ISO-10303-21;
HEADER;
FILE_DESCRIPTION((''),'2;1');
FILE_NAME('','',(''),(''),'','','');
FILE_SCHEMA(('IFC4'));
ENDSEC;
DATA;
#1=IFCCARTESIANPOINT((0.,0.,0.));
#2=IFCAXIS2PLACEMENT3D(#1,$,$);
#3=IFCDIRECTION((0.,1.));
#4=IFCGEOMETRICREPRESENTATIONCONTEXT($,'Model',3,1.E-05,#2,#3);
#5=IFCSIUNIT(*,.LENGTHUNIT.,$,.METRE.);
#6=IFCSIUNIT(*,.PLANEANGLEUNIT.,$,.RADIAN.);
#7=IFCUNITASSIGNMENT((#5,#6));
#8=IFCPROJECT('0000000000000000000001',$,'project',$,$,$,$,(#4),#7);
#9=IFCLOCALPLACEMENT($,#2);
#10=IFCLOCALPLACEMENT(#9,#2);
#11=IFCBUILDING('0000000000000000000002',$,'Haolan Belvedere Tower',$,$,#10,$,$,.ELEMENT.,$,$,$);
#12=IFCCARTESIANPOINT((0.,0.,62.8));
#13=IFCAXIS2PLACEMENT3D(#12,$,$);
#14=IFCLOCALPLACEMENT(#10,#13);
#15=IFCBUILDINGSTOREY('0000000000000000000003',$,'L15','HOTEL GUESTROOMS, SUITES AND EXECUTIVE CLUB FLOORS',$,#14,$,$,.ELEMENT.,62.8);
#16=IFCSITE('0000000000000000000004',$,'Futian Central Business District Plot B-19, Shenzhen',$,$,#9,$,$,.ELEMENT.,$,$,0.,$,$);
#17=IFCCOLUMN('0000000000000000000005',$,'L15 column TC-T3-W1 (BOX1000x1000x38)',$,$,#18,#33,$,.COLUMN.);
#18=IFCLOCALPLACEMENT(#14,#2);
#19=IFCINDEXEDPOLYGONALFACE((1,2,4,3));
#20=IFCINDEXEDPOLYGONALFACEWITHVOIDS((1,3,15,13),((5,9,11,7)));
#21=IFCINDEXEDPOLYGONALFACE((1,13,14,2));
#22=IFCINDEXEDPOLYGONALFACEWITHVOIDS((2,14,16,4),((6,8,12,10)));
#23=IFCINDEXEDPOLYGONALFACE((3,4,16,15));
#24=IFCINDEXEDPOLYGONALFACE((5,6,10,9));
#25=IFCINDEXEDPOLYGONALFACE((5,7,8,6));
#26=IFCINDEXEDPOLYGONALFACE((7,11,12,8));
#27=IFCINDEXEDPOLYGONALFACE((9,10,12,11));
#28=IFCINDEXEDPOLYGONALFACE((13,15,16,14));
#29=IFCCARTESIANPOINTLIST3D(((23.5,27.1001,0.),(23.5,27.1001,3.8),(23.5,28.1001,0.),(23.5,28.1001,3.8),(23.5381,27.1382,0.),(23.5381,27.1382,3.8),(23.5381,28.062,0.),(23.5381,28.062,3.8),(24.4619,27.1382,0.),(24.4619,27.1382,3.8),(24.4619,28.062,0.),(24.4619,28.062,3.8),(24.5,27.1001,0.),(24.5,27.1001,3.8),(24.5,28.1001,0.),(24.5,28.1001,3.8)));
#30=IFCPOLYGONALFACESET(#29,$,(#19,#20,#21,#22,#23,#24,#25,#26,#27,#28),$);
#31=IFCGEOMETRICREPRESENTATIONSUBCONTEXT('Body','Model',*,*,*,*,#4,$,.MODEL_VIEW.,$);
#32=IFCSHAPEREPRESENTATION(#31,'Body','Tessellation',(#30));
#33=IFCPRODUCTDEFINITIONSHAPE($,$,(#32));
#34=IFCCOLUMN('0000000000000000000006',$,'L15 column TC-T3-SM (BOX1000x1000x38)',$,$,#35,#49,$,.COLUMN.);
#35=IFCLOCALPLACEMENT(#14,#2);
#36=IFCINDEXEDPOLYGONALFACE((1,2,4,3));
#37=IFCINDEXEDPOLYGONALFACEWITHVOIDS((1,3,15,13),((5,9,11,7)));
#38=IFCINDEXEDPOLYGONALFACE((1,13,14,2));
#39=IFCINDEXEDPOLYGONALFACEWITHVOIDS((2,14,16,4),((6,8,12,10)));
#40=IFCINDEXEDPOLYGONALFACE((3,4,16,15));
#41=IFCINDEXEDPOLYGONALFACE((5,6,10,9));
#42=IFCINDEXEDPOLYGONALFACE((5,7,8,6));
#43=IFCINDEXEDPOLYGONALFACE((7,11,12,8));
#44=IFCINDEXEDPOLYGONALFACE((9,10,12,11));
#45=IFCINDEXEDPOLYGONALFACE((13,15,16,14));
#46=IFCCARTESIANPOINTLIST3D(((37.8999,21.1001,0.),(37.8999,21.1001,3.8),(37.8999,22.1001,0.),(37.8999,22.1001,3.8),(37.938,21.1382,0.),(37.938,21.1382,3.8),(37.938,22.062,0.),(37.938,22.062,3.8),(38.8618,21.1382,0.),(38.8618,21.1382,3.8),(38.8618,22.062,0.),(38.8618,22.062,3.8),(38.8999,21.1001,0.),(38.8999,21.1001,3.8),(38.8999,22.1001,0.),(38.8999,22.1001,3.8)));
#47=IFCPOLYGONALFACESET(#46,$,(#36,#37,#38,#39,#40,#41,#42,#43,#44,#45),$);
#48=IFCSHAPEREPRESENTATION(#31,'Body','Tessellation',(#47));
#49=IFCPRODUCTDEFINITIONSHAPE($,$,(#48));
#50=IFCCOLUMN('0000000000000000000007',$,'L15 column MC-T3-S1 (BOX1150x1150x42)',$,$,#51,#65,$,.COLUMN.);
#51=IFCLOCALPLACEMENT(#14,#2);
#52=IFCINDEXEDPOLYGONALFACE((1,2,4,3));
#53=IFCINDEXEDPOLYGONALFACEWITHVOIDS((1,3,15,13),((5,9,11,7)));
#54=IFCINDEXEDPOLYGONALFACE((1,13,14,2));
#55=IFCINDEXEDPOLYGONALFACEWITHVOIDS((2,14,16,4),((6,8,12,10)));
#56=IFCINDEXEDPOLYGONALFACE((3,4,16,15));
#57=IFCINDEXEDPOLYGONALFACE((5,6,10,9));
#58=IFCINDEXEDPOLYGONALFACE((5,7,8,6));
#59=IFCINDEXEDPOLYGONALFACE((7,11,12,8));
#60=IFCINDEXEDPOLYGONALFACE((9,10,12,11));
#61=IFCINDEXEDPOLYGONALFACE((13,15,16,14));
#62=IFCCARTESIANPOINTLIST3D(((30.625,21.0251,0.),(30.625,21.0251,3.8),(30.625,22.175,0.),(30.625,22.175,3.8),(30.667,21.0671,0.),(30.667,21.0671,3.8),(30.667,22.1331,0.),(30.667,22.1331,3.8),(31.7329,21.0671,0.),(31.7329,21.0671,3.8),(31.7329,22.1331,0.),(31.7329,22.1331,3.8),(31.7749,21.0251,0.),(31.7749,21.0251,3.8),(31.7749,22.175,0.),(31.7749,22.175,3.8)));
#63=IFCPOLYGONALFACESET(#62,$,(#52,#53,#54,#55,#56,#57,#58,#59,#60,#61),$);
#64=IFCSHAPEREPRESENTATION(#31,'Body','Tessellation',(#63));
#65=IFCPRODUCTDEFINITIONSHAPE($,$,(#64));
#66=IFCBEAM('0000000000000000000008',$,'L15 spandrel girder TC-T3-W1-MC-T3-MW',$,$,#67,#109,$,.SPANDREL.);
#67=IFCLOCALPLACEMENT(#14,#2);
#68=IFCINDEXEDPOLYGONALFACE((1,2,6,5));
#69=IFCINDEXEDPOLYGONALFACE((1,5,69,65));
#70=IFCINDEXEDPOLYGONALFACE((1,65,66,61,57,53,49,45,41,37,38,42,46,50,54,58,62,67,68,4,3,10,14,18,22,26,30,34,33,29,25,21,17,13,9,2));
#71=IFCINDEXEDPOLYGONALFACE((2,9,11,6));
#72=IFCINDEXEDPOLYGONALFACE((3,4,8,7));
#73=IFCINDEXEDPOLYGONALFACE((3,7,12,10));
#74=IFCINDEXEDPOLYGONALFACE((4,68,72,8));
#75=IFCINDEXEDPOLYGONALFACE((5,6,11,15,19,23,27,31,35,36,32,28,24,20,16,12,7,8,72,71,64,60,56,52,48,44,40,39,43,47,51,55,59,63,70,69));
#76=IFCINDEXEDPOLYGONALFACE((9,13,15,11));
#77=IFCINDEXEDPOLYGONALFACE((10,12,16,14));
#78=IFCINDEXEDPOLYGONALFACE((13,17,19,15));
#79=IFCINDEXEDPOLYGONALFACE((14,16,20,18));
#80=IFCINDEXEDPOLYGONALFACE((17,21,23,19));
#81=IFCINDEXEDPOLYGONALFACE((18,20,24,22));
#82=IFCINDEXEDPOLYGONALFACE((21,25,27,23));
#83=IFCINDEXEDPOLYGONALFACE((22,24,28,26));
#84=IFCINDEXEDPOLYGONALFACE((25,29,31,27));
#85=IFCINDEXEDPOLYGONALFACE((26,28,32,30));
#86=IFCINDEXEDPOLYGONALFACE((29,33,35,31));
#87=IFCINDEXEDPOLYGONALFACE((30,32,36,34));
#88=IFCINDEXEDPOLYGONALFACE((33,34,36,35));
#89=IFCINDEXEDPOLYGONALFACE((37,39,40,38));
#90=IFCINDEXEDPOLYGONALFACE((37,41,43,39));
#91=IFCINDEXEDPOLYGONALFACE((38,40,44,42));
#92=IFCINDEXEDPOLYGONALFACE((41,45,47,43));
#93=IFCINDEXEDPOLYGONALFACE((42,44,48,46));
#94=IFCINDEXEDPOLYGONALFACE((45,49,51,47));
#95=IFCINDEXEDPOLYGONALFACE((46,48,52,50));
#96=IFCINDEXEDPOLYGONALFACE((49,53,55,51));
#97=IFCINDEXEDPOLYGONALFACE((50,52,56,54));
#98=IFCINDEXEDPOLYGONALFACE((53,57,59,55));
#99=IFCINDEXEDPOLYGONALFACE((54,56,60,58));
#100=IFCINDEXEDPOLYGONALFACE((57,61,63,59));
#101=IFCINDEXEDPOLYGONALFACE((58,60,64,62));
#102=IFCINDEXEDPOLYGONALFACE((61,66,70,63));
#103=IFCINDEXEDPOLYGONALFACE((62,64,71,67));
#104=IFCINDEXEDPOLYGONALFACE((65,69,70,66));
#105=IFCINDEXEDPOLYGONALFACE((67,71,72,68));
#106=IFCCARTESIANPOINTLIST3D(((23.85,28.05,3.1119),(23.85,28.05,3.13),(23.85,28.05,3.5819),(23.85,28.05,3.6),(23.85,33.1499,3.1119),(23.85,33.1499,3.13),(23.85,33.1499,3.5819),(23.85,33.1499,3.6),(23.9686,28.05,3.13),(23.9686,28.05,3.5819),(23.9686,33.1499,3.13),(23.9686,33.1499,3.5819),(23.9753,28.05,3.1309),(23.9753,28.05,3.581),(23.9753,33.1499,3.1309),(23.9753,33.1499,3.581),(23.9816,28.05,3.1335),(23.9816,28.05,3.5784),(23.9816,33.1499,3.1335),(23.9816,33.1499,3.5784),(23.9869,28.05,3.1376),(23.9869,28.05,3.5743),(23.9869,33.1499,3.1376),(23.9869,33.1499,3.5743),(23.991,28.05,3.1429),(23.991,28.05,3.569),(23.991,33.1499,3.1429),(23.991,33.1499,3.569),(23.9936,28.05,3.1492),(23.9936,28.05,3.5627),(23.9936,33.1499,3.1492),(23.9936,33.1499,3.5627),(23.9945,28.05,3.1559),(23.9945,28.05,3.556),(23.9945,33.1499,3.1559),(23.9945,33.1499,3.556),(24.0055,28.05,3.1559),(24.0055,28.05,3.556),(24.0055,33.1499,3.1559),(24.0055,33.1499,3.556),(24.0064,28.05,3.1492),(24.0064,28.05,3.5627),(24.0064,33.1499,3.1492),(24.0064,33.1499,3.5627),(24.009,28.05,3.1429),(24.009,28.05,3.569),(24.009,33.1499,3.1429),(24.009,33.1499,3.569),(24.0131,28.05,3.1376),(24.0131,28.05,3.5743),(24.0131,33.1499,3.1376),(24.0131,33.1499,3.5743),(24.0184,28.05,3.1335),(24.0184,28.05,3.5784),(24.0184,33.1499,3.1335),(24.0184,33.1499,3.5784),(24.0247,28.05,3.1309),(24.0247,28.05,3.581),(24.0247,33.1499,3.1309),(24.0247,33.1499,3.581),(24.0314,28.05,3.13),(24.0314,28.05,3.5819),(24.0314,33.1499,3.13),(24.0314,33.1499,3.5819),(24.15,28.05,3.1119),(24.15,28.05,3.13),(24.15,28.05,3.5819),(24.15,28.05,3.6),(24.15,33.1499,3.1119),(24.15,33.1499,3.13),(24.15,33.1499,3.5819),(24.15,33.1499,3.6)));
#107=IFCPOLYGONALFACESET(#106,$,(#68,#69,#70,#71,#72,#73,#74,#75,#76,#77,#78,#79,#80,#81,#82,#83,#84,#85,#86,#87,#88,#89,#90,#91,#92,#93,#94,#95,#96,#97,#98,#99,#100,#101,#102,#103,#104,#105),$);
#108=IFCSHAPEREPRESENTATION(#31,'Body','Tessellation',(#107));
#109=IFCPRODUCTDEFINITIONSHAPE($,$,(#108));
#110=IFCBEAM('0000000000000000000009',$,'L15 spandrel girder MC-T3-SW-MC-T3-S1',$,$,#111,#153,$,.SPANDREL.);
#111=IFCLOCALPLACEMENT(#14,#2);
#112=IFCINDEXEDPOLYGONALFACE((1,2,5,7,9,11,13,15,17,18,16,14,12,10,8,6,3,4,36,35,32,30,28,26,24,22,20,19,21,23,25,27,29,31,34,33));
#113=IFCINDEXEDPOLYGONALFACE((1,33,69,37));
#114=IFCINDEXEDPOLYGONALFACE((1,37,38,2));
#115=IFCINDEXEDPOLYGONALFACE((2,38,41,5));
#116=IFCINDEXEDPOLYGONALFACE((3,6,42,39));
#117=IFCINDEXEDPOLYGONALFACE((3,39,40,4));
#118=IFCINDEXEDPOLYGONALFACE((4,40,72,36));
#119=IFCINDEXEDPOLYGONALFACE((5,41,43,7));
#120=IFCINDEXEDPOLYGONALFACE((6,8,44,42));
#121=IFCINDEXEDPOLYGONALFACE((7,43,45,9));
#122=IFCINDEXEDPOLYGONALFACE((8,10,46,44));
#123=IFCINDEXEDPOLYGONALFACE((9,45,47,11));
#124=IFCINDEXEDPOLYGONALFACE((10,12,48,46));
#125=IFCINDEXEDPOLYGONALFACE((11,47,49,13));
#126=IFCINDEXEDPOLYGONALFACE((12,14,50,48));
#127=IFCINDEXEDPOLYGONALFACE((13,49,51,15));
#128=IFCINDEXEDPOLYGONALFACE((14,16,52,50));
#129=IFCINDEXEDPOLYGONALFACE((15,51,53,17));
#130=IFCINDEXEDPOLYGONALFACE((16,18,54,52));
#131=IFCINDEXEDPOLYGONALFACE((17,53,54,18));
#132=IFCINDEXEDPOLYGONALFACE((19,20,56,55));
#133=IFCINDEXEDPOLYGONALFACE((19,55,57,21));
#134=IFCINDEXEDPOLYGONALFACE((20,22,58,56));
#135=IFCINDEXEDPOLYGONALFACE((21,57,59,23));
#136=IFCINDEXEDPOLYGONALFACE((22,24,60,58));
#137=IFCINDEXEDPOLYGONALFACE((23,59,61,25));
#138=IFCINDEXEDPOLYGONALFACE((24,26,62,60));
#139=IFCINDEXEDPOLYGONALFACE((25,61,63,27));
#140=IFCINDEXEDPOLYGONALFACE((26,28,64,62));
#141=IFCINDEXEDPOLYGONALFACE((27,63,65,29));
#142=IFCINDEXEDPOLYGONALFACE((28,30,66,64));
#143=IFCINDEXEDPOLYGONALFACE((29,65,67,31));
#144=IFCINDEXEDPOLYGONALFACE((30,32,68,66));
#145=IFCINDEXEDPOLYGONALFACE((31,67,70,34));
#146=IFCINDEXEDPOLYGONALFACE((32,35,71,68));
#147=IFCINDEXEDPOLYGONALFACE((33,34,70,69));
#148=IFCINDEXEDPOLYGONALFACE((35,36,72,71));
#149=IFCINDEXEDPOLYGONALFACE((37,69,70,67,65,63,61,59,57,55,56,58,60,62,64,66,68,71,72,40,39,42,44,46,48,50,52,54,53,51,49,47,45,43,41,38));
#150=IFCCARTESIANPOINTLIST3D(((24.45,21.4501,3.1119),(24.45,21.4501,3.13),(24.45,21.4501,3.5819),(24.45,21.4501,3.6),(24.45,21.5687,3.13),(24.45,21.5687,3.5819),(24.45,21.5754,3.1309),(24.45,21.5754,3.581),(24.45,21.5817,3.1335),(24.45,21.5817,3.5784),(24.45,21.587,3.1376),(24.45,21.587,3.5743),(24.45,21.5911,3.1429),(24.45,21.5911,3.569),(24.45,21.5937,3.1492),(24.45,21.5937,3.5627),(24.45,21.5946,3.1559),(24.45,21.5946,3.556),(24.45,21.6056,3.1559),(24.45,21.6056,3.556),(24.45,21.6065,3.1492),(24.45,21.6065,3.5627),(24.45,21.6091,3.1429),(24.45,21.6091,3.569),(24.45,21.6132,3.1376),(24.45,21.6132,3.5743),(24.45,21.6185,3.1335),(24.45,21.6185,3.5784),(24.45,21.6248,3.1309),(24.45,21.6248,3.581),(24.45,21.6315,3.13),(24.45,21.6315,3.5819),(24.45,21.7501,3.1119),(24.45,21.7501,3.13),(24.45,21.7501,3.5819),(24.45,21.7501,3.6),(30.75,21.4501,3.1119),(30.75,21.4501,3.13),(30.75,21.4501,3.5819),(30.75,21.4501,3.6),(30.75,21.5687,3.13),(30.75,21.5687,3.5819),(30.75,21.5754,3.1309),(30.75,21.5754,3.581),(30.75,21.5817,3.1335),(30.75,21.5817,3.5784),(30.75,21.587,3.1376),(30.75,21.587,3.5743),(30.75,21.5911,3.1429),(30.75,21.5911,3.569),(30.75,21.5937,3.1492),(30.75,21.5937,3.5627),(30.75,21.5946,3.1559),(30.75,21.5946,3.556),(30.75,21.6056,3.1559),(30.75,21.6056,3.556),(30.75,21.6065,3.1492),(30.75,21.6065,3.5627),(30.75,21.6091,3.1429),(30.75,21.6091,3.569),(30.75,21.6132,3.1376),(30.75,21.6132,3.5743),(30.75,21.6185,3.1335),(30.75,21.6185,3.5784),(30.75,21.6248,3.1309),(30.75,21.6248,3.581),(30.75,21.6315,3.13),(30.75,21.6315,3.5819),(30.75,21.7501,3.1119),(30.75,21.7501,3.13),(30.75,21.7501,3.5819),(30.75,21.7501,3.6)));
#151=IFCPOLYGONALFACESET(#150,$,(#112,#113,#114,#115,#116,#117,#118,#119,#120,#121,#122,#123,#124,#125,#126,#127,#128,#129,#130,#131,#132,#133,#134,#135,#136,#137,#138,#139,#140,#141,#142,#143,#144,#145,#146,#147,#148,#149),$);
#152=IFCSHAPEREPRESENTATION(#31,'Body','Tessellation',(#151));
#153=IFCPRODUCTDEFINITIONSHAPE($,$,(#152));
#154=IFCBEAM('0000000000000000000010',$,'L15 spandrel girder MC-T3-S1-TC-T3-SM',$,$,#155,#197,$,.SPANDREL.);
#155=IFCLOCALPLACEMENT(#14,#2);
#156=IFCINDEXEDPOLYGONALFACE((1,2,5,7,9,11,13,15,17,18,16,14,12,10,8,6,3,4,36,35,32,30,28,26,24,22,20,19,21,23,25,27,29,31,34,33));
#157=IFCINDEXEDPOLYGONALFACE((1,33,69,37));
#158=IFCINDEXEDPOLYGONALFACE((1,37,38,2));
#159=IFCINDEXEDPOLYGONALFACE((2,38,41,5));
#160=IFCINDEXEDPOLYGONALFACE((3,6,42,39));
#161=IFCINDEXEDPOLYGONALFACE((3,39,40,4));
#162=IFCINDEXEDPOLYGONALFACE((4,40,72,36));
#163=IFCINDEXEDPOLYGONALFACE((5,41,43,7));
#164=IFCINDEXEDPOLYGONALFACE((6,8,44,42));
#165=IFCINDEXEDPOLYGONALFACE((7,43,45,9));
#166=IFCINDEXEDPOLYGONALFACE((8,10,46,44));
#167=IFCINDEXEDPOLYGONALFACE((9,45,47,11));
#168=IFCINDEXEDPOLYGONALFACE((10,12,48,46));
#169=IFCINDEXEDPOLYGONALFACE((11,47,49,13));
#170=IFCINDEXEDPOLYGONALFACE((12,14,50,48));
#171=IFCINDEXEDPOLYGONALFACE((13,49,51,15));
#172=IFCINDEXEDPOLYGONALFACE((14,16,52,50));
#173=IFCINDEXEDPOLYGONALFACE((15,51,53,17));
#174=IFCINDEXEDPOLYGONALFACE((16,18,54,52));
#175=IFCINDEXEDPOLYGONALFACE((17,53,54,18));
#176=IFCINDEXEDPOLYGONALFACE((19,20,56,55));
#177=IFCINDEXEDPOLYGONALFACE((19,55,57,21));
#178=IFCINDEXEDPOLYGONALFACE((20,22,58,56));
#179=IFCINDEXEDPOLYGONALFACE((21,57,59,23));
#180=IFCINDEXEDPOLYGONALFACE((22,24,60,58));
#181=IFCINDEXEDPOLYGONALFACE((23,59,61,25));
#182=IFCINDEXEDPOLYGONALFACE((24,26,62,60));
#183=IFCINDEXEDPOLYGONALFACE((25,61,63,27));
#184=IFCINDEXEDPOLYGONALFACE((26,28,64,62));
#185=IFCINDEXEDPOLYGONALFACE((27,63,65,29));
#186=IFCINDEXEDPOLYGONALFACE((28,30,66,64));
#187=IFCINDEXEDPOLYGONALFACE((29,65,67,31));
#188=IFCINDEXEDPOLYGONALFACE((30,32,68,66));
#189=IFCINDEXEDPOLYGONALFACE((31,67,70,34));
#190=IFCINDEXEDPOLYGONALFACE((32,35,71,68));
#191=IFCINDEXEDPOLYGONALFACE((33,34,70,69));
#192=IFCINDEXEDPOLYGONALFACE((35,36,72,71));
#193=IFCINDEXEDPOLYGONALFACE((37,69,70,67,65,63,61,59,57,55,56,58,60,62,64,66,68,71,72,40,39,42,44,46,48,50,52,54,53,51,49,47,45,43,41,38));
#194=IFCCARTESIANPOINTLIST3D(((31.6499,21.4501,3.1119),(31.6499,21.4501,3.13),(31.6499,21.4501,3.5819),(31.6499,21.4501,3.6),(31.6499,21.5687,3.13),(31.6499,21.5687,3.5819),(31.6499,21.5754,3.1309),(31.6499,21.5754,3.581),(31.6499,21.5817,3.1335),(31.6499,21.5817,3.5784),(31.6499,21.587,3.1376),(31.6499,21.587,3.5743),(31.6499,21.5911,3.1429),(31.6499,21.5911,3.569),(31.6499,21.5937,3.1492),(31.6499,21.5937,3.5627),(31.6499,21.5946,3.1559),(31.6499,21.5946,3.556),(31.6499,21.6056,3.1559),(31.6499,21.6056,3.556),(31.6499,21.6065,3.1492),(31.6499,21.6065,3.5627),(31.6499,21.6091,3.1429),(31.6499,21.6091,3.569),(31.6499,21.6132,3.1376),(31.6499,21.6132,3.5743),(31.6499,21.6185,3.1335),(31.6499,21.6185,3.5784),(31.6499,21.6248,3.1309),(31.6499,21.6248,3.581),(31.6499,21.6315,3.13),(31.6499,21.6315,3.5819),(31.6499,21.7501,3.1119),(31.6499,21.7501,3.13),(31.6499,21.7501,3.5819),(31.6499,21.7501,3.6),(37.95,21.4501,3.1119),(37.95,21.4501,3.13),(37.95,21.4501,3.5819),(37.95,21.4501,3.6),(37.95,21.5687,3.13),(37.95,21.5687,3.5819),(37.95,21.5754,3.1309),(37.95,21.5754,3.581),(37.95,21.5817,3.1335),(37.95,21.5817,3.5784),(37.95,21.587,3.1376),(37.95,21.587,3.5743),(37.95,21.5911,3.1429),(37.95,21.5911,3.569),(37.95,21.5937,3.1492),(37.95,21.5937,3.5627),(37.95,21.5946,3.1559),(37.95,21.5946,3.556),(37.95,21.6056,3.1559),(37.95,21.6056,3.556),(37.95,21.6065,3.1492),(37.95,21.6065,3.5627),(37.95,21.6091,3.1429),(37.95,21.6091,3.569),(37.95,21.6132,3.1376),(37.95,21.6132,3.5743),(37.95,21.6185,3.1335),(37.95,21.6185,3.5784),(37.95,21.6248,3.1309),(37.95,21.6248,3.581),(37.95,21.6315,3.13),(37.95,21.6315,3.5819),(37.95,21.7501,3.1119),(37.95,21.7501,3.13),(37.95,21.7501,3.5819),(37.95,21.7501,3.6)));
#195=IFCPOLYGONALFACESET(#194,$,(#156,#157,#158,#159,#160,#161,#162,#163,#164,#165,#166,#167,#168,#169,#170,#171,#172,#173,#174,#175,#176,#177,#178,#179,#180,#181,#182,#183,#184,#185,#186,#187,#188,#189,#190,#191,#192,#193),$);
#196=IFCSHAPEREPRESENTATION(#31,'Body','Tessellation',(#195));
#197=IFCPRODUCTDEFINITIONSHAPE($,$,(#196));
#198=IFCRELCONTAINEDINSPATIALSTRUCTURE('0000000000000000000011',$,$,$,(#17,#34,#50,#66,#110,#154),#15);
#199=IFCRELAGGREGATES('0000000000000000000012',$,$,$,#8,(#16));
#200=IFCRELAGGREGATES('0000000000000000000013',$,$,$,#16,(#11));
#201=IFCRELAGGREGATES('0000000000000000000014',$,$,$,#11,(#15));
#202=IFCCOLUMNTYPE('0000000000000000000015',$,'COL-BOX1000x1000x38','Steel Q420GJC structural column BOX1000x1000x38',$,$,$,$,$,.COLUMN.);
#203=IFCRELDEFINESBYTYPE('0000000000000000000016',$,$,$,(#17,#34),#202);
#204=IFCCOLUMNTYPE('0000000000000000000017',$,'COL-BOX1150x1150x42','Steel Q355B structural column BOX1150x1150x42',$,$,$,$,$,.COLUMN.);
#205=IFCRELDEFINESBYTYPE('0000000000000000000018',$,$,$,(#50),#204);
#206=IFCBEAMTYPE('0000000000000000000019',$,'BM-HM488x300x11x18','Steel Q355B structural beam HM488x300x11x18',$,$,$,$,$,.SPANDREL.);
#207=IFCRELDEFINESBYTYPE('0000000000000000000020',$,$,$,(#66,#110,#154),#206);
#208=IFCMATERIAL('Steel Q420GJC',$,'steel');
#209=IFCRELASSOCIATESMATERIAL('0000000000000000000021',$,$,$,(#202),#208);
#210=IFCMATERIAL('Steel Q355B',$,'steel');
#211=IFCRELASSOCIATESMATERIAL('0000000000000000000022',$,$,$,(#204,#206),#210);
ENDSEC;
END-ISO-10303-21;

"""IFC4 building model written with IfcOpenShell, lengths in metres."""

from ifc_helpers import new_model, si_unit, direction, frame, origin, origin_2d, place, context, subcontext, project, spatial, hollow_rectangle, i_section, extrude, material, material_profile, profile_set, type_object, element, save


model = new_model("IFC4")

# Units and contexts
model_context = context("Model", 3, precision=1e-05, world=origin(), true_north=direction((0.0, 1.0)))
body_context = subcontext(model_context, "Body", "Model", "MODEL_VIEW")
ifc_project = project(units=[si_unit("LENGTHUNIT", "METRE"), si_unit("PLANEANGLEUNIT", "RADIAN")], contexts=[model_context])

# Site, building, storey
site_placement = place(None, origin())
site = spatial("IfcSite", under=ifc_project, at=site_placement, Name="Futian Central Business District Plot B-19, Shenzhen", CompositionType="ELEMENT", RefElevation=0.0)
building_placement = place(site_placement, origin())
building = spatial("IfcBuilding", under=site, at=building_placement, Name="Haolan Belvedere Tower", CompositionType="ELEMENT")
storey_placement = place(building_placement, frame((0.0, 0.0, 62.8)))
storey = spatial("IfcBuildingStorey", under=building, at=storey_placement, Name="L15", Description="HOTEL GUESTROOMS, SUITES AND EXECUTIVE CLUB FLOORS", CompositionType="ELEMENT", Elevation=62.8)

# Columns
ifc_material_1 = material(Name="Steel Q420GJC", Category="steel")
ifc_material_profile_1 = material_profile(ifc_material_1, hollow_rectangle(XDim=1.0, YDim=1.0, WallThickness=0.0381, at=origin_2d()), Name="Steel Q420GJC")
ifc_profile_set_1 = profile_set([ifc_material_profile_1], Name="Steel Q420GJC")
column_type_1 = type_object("IfcColumnType", Name="COL-BOX1000x1000x38", Description="Steel Q420GJC structural column BOX1000x1000x38", PredefinedType="COLUMN", material=ifc_profile_set_1)
for number, where, z_axis, x_axis, name in (
    (1, (24.0, 27.6001, 0.0), (0.0, 0.0, 1.0), (1.0, 0.0, 0.0), "L15 column TC-T3-W1 (BOX1000x1000x38)"),
    (2, (38.3999, 21.6001, 0.0), (0.0, 0.0, 1.0), (1.0, 0.0, 0.0), "L15 column TC-T3-SM (BOX1000x1000x38)"),
):
    element("IfcColumn", number, at=place(storey_placement, frame(where, z_axis=z_axis, x_axis=x_axis)), inside=storey, type_object=column_type_1, Name=name, PredefinedType="COLUMN", context=body_context, shape_type="SweptSolid", body=[
        extrude(hollow_rectangle(XDim=1.0, YDim=1.0, WallThickness=0.0381, at=origin_2d()), origin(), (0.0, 0.0, 1.0), 3.8),
    ])
ifc_material_2 = material(Name="Steel Q355B", Category="steel")
ifc_material_profile_2 = material_profile(ifc_material_2, hollow_rectangle(XDim=1.1499, YDim=1.1499, WallThickness=0.042, at=origin_2d()), Name="Steel Q355B")
ifc_profile_set_2 = profile_set([ifc_material_profile_2], Name="Steel Q355B")
column_type_2 = type_object("IfcColumnType", Name="COL-BOX1150x1150x42", Description="Steel Q355B structural column BOX1150x1150x42", PredefinedType="COLUMN", material=ifc_profile_set_2)
column_placement = place(storey_placement, frame((31.2, 21.6001, 0.0), z_axis=(0.0, 0.0, 1.0), x_axis=(1.0, 0.0, 0.0)))
element("IfcColumn", 3, at=column_placement, inside=storey, type_object=column_type_2, Name="L15 column MC-T3-S1 (BOX1150x1150x42)", PredefinedType="COLUMN", context=body_context, shape_type="SweptSolid", body=[
    extrude(hollow_rectangle(XDim=1.1499, YDim=1.1499, WallThickness=0.042, at=origin_2d()), origin(), (0.0, 0.0, 1.0), 3.8),
])

# Beams
ifc_material_profile_3 = material_profile(ifc_material_2, i_section(OverallWidth=0.3, OverallDepth=0.488, WebThickness=0.011, FlangeThickness=0.0181, FilletRadius=0.0259, at=origin_2d()), Name="Steel Q355B")
ifc_profile_set_3 = profile_set([ifc_material_profile_3], Name="Steel Q355B")
beam_type_1 = type_object("IfcBeamType", Name="BM-HM488x300x11x18", Description="Steel Q355B structural beam HM488x300x11x18", PredefinedType="SPANDREL", material=ifc_profile_set_3)
beam_1_placement = place(storey_placement, frame((24.0, 28.05, 3.356), z_axis=(0.0, 1.0, 0.0), x_axis=(-1.0, 0.0, 0.0)))
element("IfcBeam", 4, at=beam_1_placement, inside=storey, type_object=beam_type_1, Name="L15 spandrel girder TC-T3-W1-MC-T3-MW", PredefinedType="SPANDREL", context=body_context, shape_type="SweptSolid", body=[
    extrude(i_section(OverallWidth=0.3, OverallDepth=0.488, WebThickness=0.011, FlangeThickness=0.0181, FilletRadius=0.0259, at=origin_2d()), origin(), (0.0, 0.0, 1.0), 5.0999),
])
for number, where, z_axis, x_axis, name in (
    (5, (24.45, 21.6001, 3.356), (1.0, 0.0, 0.0), (0.0, 1.0, 0.0), "L15 spandrel girder MC-T3-SW-MC-T3-S1"),
    (6, (31.6499, 21.6001, 3.356), (1.0, 0.0, 0.0), (0.0, 1.0, 0.0), "L15 spandrel girder MC-T3-S1-TC-T3-SM"),
):
    element("IfcBeam", number, at=place(storey_placement, frame(where, z_axis=z_axis, x_axis=x_axis)), inside=storey, type_object=beam_type_1, Name=name, PredefinedType="SPANDREL", context=body_context, shape_type="SweptSolid", body=[
        extrude(i_section(OverallWidth=0.3, OverallDepth=0.488, WebThickness=0.011, FlangeThickness=0.0181, FilletRadius=0.0259, at=origin_2d()), origin(), (0.0, 0.0, 1.0), 6.3),
    ])

save(model, "model.ifc")
